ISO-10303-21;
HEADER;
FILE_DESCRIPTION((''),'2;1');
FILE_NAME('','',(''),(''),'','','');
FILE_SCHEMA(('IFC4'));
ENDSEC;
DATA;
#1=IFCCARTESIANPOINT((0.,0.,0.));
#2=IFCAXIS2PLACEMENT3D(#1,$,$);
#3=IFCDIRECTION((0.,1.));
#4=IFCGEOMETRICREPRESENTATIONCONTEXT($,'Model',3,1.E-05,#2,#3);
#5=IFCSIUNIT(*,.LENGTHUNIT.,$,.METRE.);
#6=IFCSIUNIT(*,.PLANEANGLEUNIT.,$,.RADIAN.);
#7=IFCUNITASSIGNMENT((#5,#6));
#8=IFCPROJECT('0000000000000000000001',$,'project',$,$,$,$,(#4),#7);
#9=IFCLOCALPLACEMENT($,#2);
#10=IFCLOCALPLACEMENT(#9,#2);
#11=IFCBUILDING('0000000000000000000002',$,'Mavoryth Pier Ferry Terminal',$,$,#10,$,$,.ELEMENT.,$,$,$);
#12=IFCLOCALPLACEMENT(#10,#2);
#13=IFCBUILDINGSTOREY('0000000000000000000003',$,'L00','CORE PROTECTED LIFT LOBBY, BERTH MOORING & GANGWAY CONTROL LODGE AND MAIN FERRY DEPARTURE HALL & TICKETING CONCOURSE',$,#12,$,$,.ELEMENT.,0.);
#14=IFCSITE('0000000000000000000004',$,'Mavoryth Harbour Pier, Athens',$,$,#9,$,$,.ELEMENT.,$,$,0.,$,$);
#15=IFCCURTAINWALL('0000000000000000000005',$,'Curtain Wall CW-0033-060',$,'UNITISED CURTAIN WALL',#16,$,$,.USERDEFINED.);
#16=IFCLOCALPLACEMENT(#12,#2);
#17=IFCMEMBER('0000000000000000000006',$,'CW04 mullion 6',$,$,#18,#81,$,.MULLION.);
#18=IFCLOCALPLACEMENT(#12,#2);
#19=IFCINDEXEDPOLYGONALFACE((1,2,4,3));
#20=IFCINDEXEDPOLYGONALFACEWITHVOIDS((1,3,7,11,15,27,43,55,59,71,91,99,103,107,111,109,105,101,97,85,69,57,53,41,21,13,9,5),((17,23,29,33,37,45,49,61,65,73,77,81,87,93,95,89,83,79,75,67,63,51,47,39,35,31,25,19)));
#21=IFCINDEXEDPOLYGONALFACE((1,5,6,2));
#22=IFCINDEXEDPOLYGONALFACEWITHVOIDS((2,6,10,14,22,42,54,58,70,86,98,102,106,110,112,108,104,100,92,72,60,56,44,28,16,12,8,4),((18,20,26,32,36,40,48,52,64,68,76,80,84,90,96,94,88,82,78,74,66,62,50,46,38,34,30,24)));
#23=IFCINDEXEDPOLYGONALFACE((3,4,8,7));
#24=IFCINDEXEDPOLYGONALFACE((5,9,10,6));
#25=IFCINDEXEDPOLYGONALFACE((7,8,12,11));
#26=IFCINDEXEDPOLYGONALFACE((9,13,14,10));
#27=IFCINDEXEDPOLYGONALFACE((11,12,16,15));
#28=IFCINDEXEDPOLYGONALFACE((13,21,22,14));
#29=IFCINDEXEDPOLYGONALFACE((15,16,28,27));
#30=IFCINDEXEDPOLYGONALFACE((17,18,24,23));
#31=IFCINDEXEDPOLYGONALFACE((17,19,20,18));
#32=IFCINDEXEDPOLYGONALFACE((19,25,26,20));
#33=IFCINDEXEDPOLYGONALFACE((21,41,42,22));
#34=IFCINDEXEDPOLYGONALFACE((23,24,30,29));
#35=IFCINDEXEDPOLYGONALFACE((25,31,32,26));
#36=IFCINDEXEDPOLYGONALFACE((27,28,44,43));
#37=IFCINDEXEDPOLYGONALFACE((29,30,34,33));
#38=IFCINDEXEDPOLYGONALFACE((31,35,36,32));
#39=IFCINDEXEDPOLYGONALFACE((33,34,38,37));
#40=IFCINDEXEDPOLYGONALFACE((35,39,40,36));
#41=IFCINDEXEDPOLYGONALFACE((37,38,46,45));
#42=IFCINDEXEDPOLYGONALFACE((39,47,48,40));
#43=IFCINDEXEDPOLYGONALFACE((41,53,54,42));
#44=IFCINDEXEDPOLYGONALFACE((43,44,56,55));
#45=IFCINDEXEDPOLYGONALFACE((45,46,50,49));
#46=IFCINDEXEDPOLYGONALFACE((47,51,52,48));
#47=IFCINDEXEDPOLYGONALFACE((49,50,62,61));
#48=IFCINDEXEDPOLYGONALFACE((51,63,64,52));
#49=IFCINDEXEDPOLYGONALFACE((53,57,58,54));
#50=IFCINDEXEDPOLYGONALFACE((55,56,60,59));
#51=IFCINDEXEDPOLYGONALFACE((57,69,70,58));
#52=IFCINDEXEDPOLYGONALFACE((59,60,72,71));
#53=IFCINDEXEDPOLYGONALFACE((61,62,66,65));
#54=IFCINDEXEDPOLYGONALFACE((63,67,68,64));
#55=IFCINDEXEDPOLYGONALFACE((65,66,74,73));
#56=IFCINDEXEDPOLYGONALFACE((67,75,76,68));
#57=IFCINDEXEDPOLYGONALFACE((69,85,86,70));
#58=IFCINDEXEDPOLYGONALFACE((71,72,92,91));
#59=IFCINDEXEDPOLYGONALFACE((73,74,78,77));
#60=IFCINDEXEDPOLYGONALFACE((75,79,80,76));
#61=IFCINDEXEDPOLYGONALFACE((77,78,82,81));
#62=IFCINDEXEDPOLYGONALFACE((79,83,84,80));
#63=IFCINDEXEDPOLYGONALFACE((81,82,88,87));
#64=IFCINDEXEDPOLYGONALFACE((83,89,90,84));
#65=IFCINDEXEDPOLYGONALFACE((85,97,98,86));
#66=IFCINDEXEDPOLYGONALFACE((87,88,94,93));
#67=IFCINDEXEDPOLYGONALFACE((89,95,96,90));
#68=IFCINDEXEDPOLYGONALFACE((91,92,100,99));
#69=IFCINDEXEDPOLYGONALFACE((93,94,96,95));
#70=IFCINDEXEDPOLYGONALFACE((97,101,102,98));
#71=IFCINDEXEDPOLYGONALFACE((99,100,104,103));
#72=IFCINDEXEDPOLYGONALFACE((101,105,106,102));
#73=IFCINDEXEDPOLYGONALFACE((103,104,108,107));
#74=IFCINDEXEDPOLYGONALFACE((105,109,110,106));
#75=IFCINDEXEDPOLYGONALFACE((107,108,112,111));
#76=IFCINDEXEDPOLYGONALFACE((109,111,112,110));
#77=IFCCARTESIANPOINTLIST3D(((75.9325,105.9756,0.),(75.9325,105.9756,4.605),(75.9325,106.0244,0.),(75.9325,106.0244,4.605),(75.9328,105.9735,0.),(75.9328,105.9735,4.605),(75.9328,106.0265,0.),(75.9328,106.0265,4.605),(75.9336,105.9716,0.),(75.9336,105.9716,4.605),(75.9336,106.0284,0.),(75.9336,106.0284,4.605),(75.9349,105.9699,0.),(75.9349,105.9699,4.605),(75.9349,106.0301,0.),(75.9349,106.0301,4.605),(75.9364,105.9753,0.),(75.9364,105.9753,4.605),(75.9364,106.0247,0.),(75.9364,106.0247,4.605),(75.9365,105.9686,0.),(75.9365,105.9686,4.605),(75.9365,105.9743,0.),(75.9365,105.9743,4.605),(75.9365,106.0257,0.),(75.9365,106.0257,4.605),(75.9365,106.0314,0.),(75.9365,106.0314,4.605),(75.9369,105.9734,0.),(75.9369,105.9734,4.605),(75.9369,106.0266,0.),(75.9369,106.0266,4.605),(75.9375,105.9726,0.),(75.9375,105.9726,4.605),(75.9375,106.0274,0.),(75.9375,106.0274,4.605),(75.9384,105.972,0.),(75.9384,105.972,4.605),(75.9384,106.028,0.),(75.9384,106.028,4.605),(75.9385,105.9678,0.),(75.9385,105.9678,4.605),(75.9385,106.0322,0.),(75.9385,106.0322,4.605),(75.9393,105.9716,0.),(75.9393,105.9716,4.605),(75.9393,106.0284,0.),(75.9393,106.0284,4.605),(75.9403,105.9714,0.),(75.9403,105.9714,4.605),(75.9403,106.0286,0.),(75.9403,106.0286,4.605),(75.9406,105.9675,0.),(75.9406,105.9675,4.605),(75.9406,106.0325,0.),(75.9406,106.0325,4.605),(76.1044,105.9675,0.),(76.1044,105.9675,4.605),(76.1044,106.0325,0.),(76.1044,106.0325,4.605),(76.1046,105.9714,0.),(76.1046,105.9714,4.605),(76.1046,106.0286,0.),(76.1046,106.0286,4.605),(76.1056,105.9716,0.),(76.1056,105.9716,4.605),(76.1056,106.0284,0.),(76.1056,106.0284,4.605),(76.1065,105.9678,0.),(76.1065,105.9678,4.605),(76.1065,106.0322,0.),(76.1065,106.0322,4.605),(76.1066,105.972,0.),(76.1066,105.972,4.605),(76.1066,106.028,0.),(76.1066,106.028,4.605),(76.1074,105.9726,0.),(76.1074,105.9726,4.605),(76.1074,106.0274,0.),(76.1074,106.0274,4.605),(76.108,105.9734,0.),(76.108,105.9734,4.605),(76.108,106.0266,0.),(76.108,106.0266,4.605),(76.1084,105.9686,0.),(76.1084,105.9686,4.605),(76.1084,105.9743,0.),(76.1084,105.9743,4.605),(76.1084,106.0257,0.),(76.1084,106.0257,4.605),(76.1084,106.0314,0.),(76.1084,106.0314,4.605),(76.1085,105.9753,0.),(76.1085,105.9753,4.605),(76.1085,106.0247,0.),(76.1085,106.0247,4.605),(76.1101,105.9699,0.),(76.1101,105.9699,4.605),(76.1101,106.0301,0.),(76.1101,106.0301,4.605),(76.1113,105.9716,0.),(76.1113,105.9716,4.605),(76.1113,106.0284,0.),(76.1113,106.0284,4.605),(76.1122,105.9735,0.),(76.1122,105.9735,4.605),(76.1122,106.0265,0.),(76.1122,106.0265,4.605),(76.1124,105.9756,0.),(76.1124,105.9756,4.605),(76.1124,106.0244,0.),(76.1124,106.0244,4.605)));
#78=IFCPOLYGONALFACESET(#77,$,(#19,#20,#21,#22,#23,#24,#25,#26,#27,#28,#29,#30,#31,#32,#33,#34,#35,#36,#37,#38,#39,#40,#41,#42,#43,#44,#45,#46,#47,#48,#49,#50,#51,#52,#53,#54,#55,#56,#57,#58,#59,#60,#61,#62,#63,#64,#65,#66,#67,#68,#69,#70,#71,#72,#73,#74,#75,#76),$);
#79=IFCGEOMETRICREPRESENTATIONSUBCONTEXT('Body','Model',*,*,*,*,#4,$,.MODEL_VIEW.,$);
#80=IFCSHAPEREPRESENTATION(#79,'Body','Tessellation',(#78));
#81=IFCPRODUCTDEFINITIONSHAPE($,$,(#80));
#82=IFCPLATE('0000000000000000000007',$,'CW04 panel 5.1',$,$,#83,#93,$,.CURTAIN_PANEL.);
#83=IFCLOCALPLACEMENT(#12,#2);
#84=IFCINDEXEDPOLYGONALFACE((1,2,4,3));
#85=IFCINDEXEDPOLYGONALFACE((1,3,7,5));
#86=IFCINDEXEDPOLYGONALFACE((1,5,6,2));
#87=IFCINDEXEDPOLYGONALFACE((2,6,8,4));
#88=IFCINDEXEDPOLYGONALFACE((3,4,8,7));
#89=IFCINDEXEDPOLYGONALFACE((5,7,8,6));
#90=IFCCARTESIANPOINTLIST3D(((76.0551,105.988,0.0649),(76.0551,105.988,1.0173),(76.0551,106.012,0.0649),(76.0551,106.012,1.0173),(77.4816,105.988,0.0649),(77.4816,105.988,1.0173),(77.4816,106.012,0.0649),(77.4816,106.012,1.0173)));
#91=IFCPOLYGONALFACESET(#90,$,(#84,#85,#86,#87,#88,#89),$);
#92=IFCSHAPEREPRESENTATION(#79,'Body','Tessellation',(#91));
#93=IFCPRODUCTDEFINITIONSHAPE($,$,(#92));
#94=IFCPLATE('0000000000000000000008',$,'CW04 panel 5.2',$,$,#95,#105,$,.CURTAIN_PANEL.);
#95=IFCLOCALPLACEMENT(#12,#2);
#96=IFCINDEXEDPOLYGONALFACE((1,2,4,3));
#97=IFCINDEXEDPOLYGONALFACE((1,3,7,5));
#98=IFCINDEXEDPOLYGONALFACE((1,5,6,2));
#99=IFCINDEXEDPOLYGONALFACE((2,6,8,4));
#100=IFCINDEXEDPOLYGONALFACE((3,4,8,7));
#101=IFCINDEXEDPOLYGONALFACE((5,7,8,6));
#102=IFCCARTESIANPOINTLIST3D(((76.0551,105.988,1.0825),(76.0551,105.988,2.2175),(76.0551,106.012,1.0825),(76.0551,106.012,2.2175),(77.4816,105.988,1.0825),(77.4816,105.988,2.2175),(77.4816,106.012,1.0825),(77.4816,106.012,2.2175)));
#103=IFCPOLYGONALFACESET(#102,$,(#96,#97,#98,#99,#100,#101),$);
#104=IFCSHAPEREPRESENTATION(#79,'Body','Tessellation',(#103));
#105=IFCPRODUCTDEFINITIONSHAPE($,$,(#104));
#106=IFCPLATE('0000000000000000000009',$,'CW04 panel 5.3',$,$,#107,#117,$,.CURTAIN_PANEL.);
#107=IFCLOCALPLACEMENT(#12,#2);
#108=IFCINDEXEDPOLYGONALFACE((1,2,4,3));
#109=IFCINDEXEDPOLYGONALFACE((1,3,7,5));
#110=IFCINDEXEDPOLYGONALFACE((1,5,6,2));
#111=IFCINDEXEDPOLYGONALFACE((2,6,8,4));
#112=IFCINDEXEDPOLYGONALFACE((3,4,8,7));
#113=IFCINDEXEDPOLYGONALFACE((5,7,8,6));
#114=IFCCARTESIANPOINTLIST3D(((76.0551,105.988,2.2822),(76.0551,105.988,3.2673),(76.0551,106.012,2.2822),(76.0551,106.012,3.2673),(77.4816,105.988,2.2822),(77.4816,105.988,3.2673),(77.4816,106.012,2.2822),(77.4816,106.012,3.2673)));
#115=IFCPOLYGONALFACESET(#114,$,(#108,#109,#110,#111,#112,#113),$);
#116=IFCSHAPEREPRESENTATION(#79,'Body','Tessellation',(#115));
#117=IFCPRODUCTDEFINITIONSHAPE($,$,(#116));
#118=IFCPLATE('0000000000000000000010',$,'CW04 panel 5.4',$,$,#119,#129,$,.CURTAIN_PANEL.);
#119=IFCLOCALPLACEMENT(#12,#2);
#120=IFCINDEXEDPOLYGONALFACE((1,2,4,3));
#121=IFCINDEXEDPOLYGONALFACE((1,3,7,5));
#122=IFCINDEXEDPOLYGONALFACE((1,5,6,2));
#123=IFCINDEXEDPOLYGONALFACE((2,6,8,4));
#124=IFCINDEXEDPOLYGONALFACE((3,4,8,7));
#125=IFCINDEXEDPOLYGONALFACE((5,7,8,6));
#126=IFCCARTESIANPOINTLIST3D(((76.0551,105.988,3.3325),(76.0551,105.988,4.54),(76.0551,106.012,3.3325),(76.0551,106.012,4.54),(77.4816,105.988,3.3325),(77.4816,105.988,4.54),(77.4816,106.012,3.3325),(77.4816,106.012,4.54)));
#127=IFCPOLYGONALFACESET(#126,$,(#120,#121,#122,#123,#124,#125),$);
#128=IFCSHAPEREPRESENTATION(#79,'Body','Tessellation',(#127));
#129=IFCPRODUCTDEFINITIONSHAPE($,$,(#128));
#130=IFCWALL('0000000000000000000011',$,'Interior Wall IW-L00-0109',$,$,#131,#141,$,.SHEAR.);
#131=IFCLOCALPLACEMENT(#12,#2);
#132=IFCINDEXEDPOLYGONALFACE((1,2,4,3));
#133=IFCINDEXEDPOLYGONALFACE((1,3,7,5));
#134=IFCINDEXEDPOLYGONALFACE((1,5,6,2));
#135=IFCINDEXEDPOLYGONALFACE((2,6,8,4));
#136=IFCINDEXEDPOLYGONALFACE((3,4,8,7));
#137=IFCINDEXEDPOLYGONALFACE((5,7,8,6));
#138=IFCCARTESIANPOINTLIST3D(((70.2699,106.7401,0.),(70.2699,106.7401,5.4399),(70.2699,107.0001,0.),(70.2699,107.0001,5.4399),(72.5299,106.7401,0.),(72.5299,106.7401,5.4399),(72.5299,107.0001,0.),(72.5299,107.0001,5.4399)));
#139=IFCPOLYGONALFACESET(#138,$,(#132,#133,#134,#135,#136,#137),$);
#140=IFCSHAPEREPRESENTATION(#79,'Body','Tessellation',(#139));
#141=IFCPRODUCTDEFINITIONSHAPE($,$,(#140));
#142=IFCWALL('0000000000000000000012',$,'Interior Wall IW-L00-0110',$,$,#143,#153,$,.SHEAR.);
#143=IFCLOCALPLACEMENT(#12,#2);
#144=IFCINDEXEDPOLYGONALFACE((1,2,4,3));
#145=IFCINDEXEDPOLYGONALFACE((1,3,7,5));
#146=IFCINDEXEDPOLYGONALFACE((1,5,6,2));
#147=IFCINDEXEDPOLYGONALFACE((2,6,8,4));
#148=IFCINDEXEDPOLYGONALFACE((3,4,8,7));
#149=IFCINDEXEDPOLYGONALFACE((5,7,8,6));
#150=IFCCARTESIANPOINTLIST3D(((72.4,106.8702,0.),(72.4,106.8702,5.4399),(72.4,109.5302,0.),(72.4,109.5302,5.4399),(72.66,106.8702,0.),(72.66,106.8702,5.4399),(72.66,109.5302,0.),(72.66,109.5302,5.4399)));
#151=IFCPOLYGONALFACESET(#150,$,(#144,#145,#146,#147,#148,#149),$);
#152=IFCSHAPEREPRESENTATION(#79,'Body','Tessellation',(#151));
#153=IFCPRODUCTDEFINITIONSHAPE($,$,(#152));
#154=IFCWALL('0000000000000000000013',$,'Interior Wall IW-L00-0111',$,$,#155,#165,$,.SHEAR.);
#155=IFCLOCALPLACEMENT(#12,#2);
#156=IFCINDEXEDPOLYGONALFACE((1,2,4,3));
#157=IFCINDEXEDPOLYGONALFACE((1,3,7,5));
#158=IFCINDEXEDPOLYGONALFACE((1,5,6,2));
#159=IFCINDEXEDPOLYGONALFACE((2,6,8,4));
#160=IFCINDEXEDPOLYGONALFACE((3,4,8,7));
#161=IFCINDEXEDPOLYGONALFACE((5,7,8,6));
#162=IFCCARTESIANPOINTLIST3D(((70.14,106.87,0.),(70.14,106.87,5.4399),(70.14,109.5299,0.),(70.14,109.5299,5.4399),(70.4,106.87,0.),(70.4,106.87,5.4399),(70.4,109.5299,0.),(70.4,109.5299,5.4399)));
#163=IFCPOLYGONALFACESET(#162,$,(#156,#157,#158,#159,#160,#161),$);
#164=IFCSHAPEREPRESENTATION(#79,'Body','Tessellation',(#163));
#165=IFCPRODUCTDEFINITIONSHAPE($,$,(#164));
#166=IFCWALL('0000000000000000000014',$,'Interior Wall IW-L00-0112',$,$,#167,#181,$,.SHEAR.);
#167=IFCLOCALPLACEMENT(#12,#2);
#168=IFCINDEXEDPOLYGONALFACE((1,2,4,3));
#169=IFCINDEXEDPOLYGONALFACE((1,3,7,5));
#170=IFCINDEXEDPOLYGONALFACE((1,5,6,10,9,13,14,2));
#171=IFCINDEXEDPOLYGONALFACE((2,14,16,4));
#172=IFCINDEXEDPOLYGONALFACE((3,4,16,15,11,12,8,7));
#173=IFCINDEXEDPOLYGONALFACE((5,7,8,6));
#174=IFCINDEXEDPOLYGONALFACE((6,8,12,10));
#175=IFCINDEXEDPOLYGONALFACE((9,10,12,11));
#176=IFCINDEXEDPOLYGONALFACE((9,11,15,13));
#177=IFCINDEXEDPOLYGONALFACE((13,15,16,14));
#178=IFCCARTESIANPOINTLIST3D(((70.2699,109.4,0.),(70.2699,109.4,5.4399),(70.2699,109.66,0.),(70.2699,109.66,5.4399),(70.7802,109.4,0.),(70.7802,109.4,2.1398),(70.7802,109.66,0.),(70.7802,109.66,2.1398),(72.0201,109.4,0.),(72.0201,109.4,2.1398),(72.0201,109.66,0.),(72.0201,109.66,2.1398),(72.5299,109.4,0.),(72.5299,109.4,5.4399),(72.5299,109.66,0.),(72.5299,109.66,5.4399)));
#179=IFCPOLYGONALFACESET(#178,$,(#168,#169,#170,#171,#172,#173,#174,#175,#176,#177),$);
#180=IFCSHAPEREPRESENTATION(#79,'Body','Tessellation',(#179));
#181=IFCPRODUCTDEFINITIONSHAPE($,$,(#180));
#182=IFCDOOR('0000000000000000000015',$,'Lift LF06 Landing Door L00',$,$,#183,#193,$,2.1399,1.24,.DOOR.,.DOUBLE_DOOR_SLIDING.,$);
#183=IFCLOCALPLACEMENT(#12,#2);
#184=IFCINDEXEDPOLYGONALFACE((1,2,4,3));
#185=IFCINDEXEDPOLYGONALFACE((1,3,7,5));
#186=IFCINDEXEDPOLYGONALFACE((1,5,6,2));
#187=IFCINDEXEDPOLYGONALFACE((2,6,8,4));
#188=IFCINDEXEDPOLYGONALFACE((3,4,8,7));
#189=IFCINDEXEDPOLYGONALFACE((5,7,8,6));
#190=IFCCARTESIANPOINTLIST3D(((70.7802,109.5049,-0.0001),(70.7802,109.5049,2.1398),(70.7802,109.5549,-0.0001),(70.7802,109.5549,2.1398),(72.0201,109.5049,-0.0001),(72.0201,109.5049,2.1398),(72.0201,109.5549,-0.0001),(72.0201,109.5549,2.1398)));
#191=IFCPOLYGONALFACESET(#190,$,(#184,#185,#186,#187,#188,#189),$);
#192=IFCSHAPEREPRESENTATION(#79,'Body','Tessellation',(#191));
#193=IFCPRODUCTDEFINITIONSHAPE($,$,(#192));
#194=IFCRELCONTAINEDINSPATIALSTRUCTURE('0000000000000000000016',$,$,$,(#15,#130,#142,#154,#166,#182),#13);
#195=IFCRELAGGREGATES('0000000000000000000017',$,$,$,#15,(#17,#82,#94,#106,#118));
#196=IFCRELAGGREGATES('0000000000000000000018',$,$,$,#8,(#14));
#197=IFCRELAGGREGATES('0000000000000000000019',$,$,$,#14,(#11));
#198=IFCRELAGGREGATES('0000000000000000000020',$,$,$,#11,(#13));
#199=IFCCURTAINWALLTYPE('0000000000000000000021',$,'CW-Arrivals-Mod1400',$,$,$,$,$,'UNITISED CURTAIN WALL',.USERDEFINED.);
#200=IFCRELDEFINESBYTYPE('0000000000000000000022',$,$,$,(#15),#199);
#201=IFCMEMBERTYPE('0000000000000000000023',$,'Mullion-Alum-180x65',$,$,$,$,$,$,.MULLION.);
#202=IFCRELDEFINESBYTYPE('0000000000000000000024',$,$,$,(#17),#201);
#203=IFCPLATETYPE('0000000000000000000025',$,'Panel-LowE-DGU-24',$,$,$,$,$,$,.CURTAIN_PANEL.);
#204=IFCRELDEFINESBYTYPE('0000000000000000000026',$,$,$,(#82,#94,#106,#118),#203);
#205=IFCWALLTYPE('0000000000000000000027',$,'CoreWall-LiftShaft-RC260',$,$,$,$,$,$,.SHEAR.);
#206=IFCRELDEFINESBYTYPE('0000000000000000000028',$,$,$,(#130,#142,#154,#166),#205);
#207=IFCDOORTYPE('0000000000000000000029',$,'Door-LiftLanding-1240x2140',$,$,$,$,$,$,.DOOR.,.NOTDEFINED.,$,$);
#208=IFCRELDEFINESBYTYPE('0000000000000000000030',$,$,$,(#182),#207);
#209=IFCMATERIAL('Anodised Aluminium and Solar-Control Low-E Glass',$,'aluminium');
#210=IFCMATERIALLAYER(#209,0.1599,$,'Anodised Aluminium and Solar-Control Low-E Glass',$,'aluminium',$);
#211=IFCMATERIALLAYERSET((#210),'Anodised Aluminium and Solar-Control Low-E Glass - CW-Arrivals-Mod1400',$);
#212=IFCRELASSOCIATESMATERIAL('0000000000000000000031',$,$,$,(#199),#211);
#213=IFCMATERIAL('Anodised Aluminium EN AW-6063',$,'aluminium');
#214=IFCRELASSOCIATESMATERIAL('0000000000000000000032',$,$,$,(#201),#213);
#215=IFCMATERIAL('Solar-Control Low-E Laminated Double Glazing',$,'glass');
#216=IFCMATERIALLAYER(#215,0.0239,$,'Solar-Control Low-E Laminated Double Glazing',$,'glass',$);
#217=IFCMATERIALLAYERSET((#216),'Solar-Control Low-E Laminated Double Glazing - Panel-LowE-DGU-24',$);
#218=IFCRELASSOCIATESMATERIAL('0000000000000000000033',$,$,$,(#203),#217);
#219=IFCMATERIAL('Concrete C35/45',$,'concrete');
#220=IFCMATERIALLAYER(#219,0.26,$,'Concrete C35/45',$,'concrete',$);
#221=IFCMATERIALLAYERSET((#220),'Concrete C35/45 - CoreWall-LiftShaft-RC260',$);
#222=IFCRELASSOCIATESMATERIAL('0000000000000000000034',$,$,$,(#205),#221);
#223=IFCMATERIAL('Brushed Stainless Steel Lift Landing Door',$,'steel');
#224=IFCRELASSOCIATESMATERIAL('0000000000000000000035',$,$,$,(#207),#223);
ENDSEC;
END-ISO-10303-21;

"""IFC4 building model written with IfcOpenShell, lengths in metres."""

from ifc_helpers import new_model, si_unit, direction, frame, frame_2d, origin, origin_2d, place, context, subcontext, project, spatial, rectangle, hollow_rectangle, extrude, material, layer, layer_set, material_profile, profile_set, type_object, element, fill, aggregate, save


model = new_model("IFC4")

# Units and contexts
model_context = context("Model", 3, precision=1e-05, world=origin(), true_north=direction((0.0, 1.0)))
body_context = subcontext(model_context, "Body", "Model", "MODEL_VIEW")
ifc_project = project(units=[si_unit("LENGTHUNIT", "METRE"), si_unit("PLANEANGLEUNIT", "RADIAN")], contexts=[model_context])

# Site, building, storey
site_placement = place(None, origin())
site = spatial("IfcSite", under=ifc_project, at=site_placement, Name="Mavoryth Harbour Pier, Athens", CompositionType="ELEMENT", RefElevation=0.0)
building_placement = place(site_placement, origin())
building = spatial("IfcBuilding", under=site, at=building_placement, Name="Mavoryth Pier Ferry Terminal", CompositionType="ELEMENT")
storey_placement = place(building_placement, origin())
storey = spatial("IfcBuildingStorey", under=building, at=storey_placement, Name="L00", Description="CORE PROTECTED LIFT LOBBY, BERTH MOORING & GANGWAY CONTROL LODGE AND MAIN FERRY DEPARTURE HALL & TICKETING CONCOURSE", CompositionType="ELEMENT", Elevation=0.0)

# Shared definitions
ifc_material_1 = material(Name="Concrete C35/45", Category="concrete")

# Curtain wall, member, plates
ifc_material_2 = material(Name="Anodised Aluminium and Solar-Control Low-E Glass", Category="aluminium")
ifc_layer_1 = layer(ifc_material_2, 0.1599, Name="Anodised Aluminium and Solar-Control Low-E Glass", Category="aluminium")
ifc_layer_set_1 = layer_set([ifc_layer_1], Name="Anodised Aluminium and Solar-Control Low-E Glass - CW-Arrivals-Mod1400")
curtain_wall_type = type_object("IfcCurtainWallType", Name="CW-Arrivals-Mod1400", ElementType="UNITISED CURTAIN WALL", PredefinedType="USERDEFINED", material=ifc_layer_set_1)
curtain_wall_placement = place(storey_placement, origin())
curtain_wall = element("IfcCurtainWall", 1, at=curtain_wall_placement, inside=storey, type_object=curtain_wall_type, Name="Curtain Wall CW-0033-060", ObjectType="UNITISED CURTAIN WALL", PredefinedType="USERDEFINED")
ifc_material_3 = material(Name="Anodised Aluminium EN AW-6063", Category="aluminium")
ifc_material_profile_1 = material_profile(ifc_material_3, hollow_rectangle(XDim=0.0649, YDim=0.1799, WallThickness=0.0039, InnerFilletRadius=0.0039, OuterFilletRadius=0.0081, at=origin_2d()), Name="AL-MULL 180x65x4", Category="aluminium")
ifc_profile_set_1 = profile_set([ifc_material_profile_1], Name="Anodised Aluminium EN AW-6063 - AL-MULL 180x65x4")
member_type = type_object("IfcMemberType", Name="Mullion-Alum-180x65", PredefinedType="MULLION", material=ifc_profile_set_1)
member_placement = place(storey_placement, frame((76.0225, 106.0, 0.0), z_axis=(0.0, 0.0, 1.0), x_axis=(0.0, -1.0, 0.0)))
member = element("IfcMember", 2, at=member_placement, type_object=member_type, Name="CW04 mullion 6", PredefinedType="MULLION", context=body_context, shape_type="SweptSolid", body=[
    extrude(hollow_rectangle(XDim=0.0649, YDim=0.1799, WallThickness=0.0039, InnerFilletRadius=0.0039, OuterFilletRadius=0.0081, at=origin_2d()), origin(), (0.0, 0.0, 1.0), 4.605),
])
ifc_material_4 = material(Name="Solar-Control Low-E Laminated Double Glazing", Category="glass")
ifc_layer_2 = layer(ifc_material_4, 0.0239, Name="Solar-Control Low-E Laminated Double Glazing", Category="glass")
ifc_layer_set_2 = layer_set([ifc_layer_2], Name="Solar-Control Low-E Laminated Double Glazing - Panel-LowE-DGU-24")
plate_type = type_object("IfcPlateType", Name="Panel-LowE-DGU-24", PredefinedType="CURTAIN_PANEL", material=ifc_layer_set_2)
plate_1_placement = place(storey_placement, frame((76.7683, 106.0, 0.0649), z_axis=(0.0, 0.0, 1.0), x_axis=(-1.0, 0.0, 0.0)))
plate_1 = element("IfcPlate", 3, at=plate_1_placement, type_object=plate_type, Name="CW04 panel 5.1", PredefinedType="CURTAIN_PANEL", context=body_context, shape_type="SweptSolid", body=[
    extrude(rectangle(XDim=1.4265, YDim=0.0239, at=origin_2d()), origin(), (0.0, 0.0, 1.0), 0.9524),
])
plate_2_placement = place(storey_placement, frame((76.7683, 106.0, 1.0825), z_axis=(0.0, 0.0, 1.0), x_axis=(-1.0, 0.0, 0.0)))
plate_2 = element("IfcPlate", 4, at=plate_2_placement, type_object=plate_type, Name="CW04 panel 5.2", PredefinedType="CURTAIN_PANEL", context=body_context, shape_type="SweptSolid", body=[
    extrude(rectangle(XDim=1.4265, YDim=0.0239, at=origin_2d()), origin(), (0.0, 0.0, 1.0), 1.135),
])
plate_3_placement = place(storey_placement, frame((76.7683, 106.0, 2.2822), z_axis=(0.0, 0.0, 1.0), x_axis=(-1.0, 0.0, 0.0)))
plate_3 = element("IfcPlate", 5, at=plate_3_placement, type_object=plate_type, Name="CW04 panel 5.3", PredefinedType="CURTAIN_PANEL", context=body_context, shape_type="SweptSolid", body=[
    extrude(rectangle(XDim=1.4265, YDim=0.0239, at=origin_2d()), origin(), (0.0, 0.0, 1.0), 0.9851),
])
plate_4_placement = place(storey_placement, frame((76.7683, 106.0, 3.3325), z_axis=(0.0, 0.0, 1.0), x_axis=(-1.0, 0.0, 0.0)))
plate_4 = element("IfcPlate", 6, at=plate_4_placement, type_object=plate_type, Name="CW04 panel 5.4", PredefinedType="CURTAIN_PANEL", context=body_context, shape_type="SweptSolid", body=[
    extrude(rectangle(XDim=1.4265, YDim=0.0239, at=origin_2d()), origin(), (0.0, 0.0, 1.0), 1.2075),
])
aggregate(curtain_wall, [member, plate_1, plate_2, plate_3, plate_4])

# Walls
ifc_layer_3 = layer(ifc_material_1, 0.26, Name="Concrete C35/45", Category="concrete")
ifc_layer_set_3 = layer_set([ifc_layer_3], Name="Concrete C35/45 - CoreWall-LiftShaft-RC260")
wall_type_1 = type_object("IfcWallType", Name="CoreWall-LiftShaft-RC260", PredefinedType="SHEAR", material=ifc_layer_set_3)
wall_1_placement = place(storey_placement, frame((70.27, 106.8701, 0.0), z_axis=(0.0, 0.0, 1.0), x_axis=(1.0, 0.0, 0.0)))
element("IfcWall", 7, at=wall_1_placement, inside=storey, type_object=wall_type_1, Name="Interior Wall IW-L00-0109", PredefinedType="SHEAR", context=body_context, shape_type="SweptSolid", body=[
    extrude(rectangle(XDim=2.26, YDim=0.26, at=frame_2d((1.1299, 0.0))), origin(), (0.0, 0.0, 1.0), 5.4399),
])
for number, where, z_axis, x_axis, name in (
    (8, (72.53, 106.8701, 0.0), (0.0, 0.0, 1.0), (0.0, 1.0, 0.0), "Interior Wall IW-L00-0110"),
    (9, (70.27, 109.53, 0.0), (0.0, 0.0, 1.0), (0.0, -1.0, 0.0), "Interior Wall IW-L00-0111"),
):
    element("IfcWall", number, at=place(storey_placement, frame(where, z_axis=z_axis, x_axis=x_axis)), inside=storey, type_object=wall_type_1, Name=name, PredefinedType="SHEAR", context=body_context, shape_type="SweptSolid", body=[
        extrude(rectangle(XDim=2.6599, YDim=0.26, at=frame_2d((1.3301, 0.0))), origin(), (0.0, 0.0, 1.0), 5.4399),
    ])

# Wall, opening, door
wall_2_placement = place(storey_placement, frame((70.27, 109.53, 0.0), z_axis=(0.0, 0.0, 1.0), x_axis=(1.0, 0.0, 0.0)))
wall_2 = element("IfcWall", 10, at=wall_2_placement, inside=storey, type_object=wall_type_1, Name="Interior Wall IW-L00-0112", PredefinedType="SHEAR", context=body_context, shape_type="SweptSolid", body=[
    extrude(rectangle(XDim=2.26, YDim=0.26, at=frame_2d((1.1299, 0.0))), origin(), (0.0, 0.0, 1.0), 5.4399),
])
opening_1_placement = place(wall_2_placement, frame((0.51, 0.0, 0.0)))
opening_1 = element("IfcOpeningElement", 11, at=opening_1_placement, cuts=wall_2, PredefinedType="OPENING", context=body_context, shape_type="SweptSolid", body=[
    extrude(rectangle(XDim=1.24, YDim=2.1399, at=frame_2d((0.6201, 1.0698))), frame((0.0, 0.1399, 0.0), z_axis=(0.0, -1.0, 0.0), x_axis=(1.0, 0.0, 0.0)), (0.0, 0.0, 1.0), 0.28),
])
ifc_material_5 = material(Name="Brushed Stainless Steel Lift Landing Door", Category="steel")
door_type = type_object("IfcDoorType", Name="Door-LiftLanding-1240x2140", OperationType="NOTDEFINED", PredefinedType="DOOR", material=ifc_material_5)
door_placement = place(opening_1_placement, origin())
door = element("IfcDoor", 12, at=door_placement, inside=storey, type_object=door_type, Name="Lift LF06 Landing Door L00", OperationType="DOUBLE_DOOR_SLIDING", OverallHeight=2.1399, OverallWidth=1.24, PredefinedType="DOOR", context=body_context, shape_type="SweptSolid", body=[
    extrude(rectangle(XDim=1.24, YDim=2.1399, at=frame_2d((0.6201, 1.0698))), frame((0.0, 0.0249, 0.0), z_axis=(0.0, -1.0, 0.0), x_axis=(1.0, 0.0, 0.0)), (0.0, 0.0, 1.0), 0.05),
])
fill(opening_1, door)

save(model, "model.ifc")
